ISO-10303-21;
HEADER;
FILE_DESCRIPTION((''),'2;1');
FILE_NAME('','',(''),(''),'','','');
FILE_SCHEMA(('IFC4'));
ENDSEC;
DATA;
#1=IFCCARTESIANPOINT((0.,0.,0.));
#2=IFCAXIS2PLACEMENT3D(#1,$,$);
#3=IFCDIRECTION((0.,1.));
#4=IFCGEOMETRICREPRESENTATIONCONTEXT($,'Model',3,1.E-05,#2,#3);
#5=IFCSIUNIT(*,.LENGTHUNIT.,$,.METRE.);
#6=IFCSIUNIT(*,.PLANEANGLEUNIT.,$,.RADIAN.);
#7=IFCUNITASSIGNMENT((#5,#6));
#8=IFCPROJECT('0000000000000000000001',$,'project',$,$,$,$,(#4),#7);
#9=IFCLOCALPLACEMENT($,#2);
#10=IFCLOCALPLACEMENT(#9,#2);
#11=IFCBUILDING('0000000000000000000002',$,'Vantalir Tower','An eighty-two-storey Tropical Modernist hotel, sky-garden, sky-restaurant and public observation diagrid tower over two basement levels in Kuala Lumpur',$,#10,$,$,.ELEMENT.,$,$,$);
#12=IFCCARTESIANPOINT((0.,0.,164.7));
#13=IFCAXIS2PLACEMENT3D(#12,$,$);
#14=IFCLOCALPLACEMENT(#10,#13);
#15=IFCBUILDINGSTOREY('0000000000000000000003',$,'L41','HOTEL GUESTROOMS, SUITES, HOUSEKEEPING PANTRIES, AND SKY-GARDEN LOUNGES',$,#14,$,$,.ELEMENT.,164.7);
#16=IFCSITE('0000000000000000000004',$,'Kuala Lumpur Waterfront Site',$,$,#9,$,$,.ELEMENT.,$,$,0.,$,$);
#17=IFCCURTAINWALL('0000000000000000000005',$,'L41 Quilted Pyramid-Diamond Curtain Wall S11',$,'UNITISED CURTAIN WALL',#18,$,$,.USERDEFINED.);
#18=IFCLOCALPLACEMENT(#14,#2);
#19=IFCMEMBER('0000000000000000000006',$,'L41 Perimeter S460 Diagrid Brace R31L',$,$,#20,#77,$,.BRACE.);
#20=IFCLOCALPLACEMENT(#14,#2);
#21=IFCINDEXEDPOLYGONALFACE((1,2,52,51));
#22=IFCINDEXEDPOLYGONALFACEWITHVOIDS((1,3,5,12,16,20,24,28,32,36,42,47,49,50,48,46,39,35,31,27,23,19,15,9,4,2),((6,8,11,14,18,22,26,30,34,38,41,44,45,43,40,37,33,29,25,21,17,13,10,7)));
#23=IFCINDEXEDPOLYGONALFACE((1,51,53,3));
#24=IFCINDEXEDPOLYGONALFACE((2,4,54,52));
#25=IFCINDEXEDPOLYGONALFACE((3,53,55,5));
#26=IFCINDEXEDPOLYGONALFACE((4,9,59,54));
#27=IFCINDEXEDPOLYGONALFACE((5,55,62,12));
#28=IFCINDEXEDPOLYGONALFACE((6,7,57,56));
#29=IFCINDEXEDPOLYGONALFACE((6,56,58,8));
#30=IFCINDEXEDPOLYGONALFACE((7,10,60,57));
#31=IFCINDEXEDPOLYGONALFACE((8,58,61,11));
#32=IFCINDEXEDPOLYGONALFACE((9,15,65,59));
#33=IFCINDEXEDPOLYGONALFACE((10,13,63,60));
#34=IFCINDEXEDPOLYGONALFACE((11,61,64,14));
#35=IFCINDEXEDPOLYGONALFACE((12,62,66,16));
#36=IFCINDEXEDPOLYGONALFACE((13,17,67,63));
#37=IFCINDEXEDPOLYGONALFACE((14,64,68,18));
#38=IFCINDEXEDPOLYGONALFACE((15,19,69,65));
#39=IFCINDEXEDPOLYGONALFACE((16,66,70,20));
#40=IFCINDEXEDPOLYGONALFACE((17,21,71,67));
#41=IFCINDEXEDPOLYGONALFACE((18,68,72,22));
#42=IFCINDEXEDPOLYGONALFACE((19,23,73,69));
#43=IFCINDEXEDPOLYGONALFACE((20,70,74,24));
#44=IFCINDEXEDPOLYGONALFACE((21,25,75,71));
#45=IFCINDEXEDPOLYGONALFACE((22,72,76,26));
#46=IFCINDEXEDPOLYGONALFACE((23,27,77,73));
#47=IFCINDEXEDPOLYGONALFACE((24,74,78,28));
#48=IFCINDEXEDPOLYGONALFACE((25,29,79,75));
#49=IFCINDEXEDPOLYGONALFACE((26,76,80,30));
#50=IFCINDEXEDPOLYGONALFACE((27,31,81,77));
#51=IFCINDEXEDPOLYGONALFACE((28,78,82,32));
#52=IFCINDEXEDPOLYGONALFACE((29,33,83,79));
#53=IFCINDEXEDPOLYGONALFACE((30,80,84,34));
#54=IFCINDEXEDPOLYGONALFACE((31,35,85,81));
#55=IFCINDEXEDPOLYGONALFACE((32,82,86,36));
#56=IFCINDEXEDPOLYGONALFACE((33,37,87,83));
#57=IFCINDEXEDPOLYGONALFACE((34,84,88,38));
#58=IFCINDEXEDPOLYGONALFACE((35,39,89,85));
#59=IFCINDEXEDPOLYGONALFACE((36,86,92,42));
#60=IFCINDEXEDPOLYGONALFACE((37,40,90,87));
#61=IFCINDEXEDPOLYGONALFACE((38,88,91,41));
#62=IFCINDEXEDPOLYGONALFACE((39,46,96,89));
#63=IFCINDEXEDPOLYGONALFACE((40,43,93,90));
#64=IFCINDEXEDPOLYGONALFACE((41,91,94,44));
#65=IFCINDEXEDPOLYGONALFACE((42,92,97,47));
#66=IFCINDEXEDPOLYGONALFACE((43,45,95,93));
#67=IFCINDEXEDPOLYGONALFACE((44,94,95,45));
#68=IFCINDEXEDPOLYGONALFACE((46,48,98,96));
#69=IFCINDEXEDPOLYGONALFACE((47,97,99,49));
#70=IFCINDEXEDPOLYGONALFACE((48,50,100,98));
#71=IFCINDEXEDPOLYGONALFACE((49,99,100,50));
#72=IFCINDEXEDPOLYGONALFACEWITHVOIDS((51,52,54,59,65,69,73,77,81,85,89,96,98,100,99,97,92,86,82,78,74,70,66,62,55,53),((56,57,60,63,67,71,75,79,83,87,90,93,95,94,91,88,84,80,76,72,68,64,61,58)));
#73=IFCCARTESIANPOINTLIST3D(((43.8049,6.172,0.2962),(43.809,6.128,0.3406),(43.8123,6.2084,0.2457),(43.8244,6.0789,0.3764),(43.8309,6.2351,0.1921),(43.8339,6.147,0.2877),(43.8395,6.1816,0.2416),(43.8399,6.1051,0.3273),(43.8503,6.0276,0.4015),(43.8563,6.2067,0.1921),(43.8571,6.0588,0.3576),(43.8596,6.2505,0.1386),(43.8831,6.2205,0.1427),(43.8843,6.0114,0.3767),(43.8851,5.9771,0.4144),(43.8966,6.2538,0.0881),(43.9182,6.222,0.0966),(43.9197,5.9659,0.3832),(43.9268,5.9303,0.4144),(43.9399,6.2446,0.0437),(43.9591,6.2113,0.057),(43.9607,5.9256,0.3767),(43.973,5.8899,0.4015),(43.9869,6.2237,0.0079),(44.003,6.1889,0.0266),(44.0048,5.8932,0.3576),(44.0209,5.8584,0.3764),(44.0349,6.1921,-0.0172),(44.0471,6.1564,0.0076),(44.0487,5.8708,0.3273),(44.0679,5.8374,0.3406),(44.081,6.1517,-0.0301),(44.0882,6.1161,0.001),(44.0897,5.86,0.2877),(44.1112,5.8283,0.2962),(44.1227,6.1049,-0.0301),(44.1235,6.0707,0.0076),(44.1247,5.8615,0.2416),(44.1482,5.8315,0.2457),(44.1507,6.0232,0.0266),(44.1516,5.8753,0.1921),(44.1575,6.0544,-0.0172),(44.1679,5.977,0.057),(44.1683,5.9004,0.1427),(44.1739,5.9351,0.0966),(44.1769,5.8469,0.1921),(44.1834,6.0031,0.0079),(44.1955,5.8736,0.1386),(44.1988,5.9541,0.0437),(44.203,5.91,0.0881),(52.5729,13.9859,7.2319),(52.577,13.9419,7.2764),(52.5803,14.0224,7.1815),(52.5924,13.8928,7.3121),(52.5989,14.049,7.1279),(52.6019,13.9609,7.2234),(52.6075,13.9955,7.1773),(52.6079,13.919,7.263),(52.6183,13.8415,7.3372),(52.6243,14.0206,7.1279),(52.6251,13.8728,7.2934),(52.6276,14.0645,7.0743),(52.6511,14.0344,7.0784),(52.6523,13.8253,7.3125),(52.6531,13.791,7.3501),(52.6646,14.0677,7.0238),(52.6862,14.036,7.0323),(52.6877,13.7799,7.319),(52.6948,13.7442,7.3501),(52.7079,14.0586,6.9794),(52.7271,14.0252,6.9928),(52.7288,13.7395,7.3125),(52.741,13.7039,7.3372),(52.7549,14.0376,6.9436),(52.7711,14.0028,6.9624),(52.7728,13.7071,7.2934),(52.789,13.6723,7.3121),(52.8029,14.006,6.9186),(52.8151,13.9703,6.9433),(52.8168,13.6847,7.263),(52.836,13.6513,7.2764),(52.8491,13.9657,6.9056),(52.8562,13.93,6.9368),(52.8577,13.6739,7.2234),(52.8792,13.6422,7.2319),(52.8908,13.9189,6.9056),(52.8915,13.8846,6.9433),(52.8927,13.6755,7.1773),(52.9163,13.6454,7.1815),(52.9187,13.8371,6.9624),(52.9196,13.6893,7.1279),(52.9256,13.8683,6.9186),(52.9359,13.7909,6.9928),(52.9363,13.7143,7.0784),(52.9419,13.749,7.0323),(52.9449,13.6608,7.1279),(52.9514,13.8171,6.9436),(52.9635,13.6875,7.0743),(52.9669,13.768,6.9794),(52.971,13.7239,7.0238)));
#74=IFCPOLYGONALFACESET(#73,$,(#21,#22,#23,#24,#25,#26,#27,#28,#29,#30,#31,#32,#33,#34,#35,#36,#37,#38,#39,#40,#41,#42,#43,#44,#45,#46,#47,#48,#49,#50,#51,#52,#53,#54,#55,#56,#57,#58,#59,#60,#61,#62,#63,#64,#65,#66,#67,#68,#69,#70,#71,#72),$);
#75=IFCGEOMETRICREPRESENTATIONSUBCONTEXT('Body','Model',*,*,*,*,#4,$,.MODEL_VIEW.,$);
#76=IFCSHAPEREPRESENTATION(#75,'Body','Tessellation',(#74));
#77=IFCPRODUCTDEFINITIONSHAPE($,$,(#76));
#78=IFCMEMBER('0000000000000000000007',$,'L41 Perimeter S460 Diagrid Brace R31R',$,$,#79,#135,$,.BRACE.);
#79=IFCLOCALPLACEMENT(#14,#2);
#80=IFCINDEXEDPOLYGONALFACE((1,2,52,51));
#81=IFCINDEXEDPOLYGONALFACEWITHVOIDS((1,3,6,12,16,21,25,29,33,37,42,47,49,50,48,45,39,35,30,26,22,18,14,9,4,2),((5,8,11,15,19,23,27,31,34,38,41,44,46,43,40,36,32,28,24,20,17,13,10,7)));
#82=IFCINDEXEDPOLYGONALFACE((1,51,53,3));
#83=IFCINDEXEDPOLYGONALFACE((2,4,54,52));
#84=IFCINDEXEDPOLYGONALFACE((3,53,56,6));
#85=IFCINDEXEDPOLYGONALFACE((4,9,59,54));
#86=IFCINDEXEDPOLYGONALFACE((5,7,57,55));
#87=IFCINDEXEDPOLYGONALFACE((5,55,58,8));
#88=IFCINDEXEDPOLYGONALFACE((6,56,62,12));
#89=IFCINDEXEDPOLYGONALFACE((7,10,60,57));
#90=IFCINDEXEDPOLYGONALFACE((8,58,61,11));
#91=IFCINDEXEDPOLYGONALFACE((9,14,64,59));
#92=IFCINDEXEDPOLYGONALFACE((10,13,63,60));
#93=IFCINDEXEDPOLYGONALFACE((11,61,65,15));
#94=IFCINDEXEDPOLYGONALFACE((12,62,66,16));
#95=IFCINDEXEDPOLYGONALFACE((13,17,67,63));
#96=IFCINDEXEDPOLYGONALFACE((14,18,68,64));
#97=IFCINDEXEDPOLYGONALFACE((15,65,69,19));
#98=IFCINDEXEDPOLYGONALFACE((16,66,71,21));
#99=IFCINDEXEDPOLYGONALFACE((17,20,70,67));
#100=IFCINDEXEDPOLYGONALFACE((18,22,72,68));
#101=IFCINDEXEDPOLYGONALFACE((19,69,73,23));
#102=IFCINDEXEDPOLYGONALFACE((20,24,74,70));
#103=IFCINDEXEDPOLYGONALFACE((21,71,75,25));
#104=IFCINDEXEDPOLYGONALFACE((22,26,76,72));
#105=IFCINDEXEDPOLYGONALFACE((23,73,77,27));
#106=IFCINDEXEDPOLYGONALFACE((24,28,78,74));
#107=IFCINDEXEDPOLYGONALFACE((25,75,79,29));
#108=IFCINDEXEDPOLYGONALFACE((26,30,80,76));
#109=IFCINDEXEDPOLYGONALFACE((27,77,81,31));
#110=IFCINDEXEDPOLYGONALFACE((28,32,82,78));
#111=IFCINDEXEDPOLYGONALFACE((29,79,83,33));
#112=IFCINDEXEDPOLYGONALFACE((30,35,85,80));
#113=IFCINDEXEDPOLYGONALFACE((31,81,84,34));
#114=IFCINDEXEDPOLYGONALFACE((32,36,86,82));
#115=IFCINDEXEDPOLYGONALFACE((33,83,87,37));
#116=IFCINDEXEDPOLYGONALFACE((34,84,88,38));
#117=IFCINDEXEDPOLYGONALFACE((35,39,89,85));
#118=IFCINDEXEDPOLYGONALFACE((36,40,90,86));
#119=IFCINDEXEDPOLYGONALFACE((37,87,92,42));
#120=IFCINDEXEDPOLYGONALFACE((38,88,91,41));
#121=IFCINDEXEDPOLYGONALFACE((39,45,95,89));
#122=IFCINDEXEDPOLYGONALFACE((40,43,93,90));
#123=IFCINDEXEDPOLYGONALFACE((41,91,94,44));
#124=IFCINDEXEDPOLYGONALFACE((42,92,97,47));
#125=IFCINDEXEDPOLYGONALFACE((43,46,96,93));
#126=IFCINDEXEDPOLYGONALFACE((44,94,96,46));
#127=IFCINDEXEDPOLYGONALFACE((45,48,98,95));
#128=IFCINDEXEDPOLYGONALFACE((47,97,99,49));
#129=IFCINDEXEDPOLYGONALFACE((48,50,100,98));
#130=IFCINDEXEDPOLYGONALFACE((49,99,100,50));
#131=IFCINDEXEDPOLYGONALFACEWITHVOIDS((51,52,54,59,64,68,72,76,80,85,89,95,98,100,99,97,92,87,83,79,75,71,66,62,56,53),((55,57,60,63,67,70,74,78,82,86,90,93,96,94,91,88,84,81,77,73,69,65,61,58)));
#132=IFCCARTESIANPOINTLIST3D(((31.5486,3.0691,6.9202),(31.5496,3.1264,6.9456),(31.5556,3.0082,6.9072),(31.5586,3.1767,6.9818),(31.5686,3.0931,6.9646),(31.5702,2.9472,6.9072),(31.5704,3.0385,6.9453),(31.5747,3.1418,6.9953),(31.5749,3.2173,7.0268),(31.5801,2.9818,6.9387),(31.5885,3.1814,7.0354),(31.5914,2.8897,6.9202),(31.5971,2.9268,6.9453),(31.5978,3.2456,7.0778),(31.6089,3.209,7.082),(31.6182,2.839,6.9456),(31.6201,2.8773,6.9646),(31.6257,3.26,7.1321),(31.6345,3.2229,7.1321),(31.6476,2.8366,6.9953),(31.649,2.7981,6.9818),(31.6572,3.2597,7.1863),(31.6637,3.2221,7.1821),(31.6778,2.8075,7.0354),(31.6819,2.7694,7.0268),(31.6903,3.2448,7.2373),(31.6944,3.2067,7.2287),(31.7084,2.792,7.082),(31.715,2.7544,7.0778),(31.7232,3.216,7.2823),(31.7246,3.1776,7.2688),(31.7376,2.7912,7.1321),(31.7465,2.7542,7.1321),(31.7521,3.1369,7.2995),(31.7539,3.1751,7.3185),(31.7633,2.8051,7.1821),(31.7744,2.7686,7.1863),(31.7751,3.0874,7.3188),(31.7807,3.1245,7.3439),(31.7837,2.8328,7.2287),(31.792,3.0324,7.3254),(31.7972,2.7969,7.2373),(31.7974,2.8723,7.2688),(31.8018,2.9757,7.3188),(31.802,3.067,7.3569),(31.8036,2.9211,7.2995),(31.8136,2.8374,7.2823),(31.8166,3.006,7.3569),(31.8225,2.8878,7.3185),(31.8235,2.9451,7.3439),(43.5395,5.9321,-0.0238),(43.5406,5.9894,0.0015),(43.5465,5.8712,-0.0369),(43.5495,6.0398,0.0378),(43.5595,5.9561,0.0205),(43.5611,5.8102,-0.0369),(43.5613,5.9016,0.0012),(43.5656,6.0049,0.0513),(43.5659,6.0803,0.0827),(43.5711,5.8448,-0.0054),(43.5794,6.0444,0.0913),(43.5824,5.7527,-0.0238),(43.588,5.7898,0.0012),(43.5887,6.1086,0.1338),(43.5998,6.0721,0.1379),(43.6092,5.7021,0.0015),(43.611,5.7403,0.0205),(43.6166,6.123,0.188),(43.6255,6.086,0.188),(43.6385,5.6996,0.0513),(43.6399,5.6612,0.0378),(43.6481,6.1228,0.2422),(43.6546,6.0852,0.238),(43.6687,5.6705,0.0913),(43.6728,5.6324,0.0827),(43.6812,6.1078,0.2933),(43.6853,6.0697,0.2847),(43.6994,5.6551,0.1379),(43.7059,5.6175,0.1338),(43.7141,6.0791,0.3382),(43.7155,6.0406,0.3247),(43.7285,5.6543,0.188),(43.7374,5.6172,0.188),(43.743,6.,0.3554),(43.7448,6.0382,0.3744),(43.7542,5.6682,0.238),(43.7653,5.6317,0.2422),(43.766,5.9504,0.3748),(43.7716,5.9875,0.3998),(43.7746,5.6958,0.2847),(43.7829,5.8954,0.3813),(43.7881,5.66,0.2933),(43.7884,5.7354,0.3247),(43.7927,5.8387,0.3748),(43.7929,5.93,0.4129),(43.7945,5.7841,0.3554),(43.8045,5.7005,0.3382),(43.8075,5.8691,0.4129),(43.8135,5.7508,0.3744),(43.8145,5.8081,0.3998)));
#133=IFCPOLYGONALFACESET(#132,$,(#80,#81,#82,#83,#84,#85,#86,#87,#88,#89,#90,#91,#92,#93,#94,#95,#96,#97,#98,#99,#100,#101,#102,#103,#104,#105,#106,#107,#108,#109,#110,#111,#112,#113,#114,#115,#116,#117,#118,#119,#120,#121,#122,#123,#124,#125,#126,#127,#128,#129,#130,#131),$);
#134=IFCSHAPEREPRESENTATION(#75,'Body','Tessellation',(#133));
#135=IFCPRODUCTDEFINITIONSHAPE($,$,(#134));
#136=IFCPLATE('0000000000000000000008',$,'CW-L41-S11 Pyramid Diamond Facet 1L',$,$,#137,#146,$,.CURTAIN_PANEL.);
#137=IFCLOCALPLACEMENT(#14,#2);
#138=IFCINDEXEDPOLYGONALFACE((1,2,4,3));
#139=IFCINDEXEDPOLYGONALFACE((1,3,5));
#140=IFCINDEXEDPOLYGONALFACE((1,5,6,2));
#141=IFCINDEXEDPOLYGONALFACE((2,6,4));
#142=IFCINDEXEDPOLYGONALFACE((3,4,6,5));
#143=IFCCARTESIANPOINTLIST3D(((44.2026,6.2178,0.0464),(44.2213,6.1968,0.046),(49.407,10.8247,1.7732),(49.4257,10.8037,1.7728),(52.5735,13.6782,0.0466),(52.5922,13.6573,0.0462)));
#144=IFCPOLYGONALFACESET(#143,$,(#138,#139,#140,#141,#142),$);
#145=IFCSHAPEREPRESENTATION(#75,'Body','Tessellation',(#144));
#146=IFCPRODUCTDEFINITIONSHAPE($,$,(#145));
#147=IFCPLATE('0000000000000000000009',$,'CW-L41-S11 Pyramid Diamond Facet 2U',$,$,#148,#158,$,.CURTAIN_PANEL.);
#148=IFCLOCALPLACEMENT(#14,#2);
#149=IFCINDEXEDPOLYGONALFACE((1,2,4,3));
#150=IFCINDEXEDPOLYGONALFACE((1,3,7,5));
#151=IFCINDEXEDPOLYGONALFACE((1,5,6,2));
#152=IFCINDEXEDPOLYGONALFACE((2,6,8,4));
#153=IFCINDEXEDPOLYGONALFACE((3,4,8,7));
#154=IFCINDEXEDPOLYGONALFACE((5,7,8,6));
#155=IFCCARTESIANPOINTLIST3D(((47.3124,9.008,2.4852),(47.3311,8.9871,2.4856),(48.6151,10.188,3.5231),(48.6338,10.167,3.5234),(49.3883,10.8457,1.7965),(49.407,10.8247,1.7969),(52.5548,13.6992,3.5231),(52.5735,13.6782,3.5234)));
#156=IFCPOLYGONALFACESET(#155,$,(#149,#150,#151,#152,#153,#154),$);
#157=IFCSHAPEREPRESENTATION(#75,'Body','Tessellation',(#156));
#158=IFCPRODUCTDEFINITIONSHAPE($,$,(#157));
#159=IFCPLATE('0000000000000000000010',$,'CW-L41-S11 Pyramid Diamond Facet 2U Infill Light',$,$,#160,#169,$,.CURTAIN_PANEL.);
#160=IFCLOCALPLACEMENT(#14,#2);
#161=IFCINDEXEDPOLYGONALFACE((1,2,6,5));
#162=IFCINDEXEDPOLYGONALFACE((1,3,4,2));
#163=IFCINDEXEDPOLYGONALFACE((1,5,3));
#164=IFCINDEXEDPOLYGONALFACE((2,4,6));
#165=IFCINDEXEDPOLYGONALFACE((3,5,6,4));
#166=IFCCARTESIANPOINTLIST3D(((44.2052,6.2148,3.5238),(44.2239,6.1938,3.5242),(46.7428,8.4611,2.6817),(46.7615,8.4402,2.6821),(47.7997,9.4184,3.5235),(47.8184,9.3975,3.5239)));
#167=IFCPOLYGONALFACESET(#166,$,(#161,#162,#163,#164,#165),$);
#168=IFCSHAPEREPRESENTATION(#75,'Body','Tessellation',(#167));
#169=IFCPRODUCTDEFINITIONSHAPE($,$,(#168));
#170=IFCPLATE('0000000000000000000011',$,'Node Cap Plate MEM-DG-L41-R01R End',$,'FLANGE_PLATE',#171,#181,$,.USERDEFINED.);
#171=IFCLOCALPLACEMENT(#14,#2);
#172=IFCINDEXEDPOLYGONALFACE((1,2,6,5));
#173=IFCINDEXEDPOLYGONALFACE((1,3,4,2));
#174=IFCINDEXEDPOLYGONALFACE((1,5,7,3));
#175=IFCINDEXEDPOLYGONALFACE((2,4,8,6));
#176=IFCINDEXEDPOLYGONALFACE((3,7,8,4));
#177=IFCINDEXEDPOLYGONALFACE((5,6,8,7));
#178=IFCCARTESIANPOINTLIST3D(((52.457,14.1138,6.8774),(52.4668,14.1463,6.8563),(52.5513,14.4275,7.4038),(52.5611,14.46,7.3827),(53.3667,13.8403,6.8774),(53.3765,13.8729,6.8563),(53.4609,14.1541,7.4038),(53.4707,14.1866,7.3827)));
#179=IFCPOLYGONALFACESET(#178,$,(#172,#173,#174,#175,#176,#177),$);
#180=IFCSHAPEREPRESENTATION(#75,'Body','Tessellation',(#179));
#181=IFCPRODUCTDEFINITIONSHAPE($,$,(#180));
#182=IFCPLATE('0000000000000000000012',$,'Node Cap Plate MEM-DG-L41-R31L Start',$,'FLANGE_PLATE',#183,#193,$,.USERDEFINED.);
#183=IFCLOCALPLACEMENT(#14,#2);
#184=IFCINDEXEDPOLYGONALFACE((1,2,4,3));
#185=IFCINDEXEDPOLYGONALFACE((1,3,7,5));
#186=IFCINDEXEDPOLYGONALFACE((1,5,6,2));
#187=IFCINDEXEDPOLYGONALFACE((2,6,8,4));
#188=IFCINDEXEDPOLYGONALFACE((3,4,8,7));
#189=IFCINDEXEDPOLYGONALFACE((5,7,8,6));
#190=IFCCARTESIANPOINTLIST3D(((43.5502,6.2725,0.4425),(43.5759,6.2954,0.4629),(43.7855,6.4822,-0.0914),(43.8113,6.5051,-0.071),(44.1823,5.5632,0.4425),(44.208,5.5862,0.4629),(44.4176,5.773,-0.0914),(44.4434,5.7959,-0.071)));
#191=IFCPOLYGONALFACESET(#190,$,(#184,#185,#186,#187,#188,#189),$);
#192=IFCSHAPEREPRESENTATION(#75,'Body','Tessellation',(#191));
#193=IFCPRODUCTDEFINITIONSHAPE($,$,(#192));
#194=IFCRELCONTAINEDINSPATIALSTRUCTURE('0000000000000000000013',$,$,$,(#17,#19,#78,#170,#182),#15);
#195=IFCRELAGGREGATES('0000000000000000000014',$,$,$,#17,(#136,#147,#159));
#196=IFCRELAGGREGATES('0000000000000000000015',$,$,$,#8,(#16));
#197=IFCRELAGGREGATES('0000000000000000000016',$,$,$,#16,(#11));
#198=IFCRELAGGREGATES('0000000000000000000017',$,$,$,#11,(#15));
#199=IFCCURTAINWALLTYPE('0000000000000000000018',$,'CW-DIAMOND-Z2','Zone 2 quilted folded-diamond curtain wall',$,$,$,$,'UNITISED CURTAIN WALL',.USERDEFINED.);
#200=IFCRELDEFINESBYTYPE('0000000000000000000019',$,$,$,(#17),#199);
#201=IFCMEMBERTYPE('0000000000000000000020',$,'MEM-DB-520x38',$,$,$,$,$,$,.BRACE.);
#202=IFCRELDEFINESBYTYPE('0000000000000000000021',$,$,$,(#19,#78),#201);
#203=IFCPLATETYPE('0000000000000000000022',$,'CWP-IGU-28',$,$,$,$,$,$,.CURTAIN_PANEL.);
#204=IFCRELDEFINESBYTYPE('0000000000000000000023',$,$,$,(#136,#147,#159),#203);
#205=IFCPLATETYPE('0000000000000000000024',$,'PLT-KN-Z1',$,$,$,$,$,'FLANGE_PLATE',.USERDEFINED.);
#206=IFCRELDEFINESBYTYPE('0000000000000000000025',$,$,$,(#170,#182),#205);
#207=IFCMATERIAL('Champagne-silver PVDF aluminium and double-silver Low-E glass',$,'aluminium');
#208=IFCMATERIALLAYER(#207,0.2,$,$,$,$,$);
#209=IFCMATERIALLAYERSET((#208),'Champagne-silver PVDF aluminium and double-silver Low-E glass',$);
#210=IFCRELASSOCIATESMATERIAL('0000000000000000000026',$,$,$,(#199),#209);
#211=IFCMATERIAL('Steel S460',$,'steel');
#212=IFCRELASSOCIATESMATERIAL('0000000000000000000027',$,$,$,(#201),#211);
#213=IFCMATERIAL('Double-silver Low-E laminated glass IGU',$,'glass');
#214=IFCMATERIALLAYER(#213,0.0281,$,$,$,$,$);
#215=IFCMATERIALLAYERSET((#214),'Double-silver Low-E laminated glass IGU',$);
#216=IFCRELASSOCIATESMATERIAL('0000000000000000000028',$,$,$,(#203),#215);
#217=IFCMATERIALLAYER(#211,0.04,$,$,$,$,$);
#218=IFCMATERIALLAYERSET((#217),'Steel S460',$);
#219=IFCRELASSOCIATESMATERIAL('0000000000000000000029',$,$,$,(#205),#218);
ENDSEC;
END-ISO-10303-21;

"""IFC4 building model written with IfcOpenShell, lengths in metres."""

from ifc_helpers import new_model, si_unit, direction, frame, origin, origin_2d, place, context, subcontext, project, spatial, polyline, hollow_circle, outline, extrude, material, layer, layer_set, material_profile, profile_set, type_object, element, aggregate, save


model = new_model("IFC4")

# Units and contexts
model_context = context("Model", 3, precision=1e-05, world=origin(), true_north=direction((0.0, 1.0)))
body_context = subcontext(model_context, "Body", "Model", "MODEL_VIEW")
ifc_project = project(units=[si_unit("LENGTHUNIT", "METRE"), si_unit("PLANEANGLEUNIT", "RADIAN")], contexts=[model_context])

# Site, building, storey
site_placement = place(None, origin())
site = spatial("IfcSite", under=ifc_project, at=site_placement, Name="Kuala Lumpur Waterfront Site", CompositionType="ELEMENT", RefElevation=0.0)
building_placement = place(site_placement, origin())
building = spatial("IfcBuilding", under=site, at=building_placement, Name="Vantalir Tower", Description="An eighty-two-storey Tropical Modernist hotel, sky-garden, sky-restaurant and public observation diagrid tower over two basement levels in Kuala Lumpur", CompositionType="ELEMENT")
storey_placement = place(building_placement, frame((0.0, 0.0, 164.7)))
storey = spatial("IfcBuildingStorey", under=building, at=storey_placement, Name="L41", Description="HOTEL GUESTROOMS, SUITES, HOUSEKEEPING PANTRIES, AND SKY-GARDEN LOUNGES", CompositionType="ELEMENT", Elevation=164.7)

# Shared definitions
ifc_material_1 = material(Name="Steel S460", Category="steel")

# Shared definitions
ifc_material_2 = material(Name="Champagne-silver PVDF aluminium and double-silver Low-E glass", Category="aluminium")
ifc_layer_1 = layer(ifc_material_2, 0.2)
ifc_layer_set_1 = layer_set([ifc_layer_1], Name="Champagne-silver PVDF aluminium and double-silver Low-E glass")
curtain_wall_type = type_object("IfcCurtainWallType", Name="CW-DIAMOND-Z2", Description="Zone 2 quilted folded-diamond curtain wall", ElementType="UNITISED CURTAIN WALL", PredefinedType="USERDEFINED", material=ifc_layer_set_1)

# Curtain wall
curtain_wall_1_placement = place(storey_placement, origin())
curtain_wall_1 = element("IfcCurtainWall", 1, at=curtain_wall_1_placement, inside=storey, type_object=curtain_wall_type, Name="L41 Quilted Pyramid-Diamond Curtain Wall S11", ObjectType="UNITISED CURTAIN WALL", PredefinedType="USERDEFINED")

# Members
ifc_material_profile_1 = material_profile(ifc_material_1, hollow_circle(Radius=0.26, WallThickness=0.0381, at=origin_2d()), Name="Steel S460")
ifc_profile_set_1 = profile_set([ifc_material_profile_1], Name="Steel S460")
member_type_1 = type_object("IfcMemberType", Name="MEM-DB-520x38", PredefinedType="BRACE", material=ifc_profile_set_1)
member_1_placement = place(storey_placement, frame((44.0039, 6.041, 0.1921), z_axis=(0.642833, 0.572883, 0.508499), x_axis=(-0.665321, 0.746558, 0.0)))
element("IfcMember", 2, at=member_1_placement, inside=storey, type_object=member_type_1, Name="L41 Perimeter S460 Diagrid Brace R31L", PredefinedType="BRACE", context=body_context, shape_type="SweptSolid", body=[
    extrude(hollow_circle(Radius=0.26, WallThickness=0.0381, at=origin_2d()), origin(), (0.0, 0.0, 1.0), 13.6396),
])
member_2_placement = place(storey_placement, frame((43.677, 5.8701, 0.188), z_axis=(-0.847464, -0.202346, 0.490775), x_axis=(0.232238, -0.972659, 0.0)))
element("IfcMember", 3, at=member_2_placement, inside=storey, type_object=member_type_1, Name="L41 Perimeter S460 Diagrid Brace R31R", PredefinedType="BRACE", context=body_context, shape_type="SweptSolid", body=[
    extrude(hollow_circle(Radius=0.26, WallThickness=0.0381, at=origin_2d()), origin(), (0.0, 0.0, 1.0), 14.1492),
])

# Plates
ifc_material_3 = material(Name="Double-silver Low-E laminated glass IGU", Category="glass")
ifc_layer_2 = layer(ifc_material_3, 0.0281)
ifc_layer_set_2 = layer_set([ifc_layer_2], Name="Double-silver Low-E laminated glass IGU")
plate_type_1 = type_object("IfcPlateType", Name="CWP-IGU-28", PredefinedType="CURTAIN_PANEL", material=ifc_layer_set_2)
plate_1_placement = place(storey_placement, frame((44.2026, 6.2178, 0.0464), z_axis=(-0.665283, 0.746468, 0.013573), x_axis=(0.746537, 0.665344, 0.000022)))
plate_1 = element("IfcPlate", 4, at=plate_1_placement, type_object=plate_type_1, Name="CW-L41-S11 Pyramid Diamond Facet 1L", PredefinedType="CURTAIN_PANEL", context=body_context, shape_type="SweptSolid", body=[
    extrude(outline(polyline([(0.0, 0.0), (11.2129, 0.0), (6.9505, -1.7268), (0.0, 0.0)])), origin(), (0.0, 0.0, -1.0), 0.0281),
])
plate_2_placement = place(storey_placement, frame((48.6338, 10.167, 3.5234), z_axis=(0.665285, -0.746466, 0.013571), x_axis=(0.746535, 0.665346, 0.0)))
plate_2 = element("IfcPlate", 5, at=plate_2_placement, type_object=plate_type_1, Name="CW-L41-S11 Pyramid Diamond Facet 2U", PredefinedType="CURTAIN_PANEL", context=body_context, shape_type="SweptSolid", body=[
    extrude(outline(polyline([(0.0, 0.0), (5.2773, 0.0), (1.0148, -1.7267), (-1.7576, -1.0379), (0.0, 0.0)])), origin(), (0.0, 0.0, -1.0), 0.0281),
])
plate_3_placement = place(storey_placement, frame((44.2239, 6.1938, 3.5242), z_axis=(0.665291, -0.746461, 0.013582), x_axis=(0.74653, 0.665351, -0.000051)))
plate_3 = element("IfcPlate", 6, at=plate_3_placement, type_object=plate_type_1, Name="CW-L41-S11 Pyramid Diamond Facet 2U Infill Light", PredefinedType="CURTAIN_PANEL", context=body_context, shape_type="SweptSolid", body=[
    extrude(outline(polyline([(0.0, 0.0), (4.8149, 0.0), (3.389, -0.8419), (0.0, 0.0)])), origin(), (0.0, 0.0, -1.0), 0.0281),
])
aggregate(curtain_wall_1, [plate_1, plate_2, plate_3])

# Plates
ifc_layer_3 = layer(ifc_material_1, 0.04)
ifc_layer_set_3 = layer_set([ifc_layer_3], Name="Steel S460")
plate_type_2 = type_object("IfcPlateType", Name="PLT-KN-Z1", ElementType="FLANGE_PLATE", PredefinedType="USERDEFINED", material=ifc_layer_set_3)
plate_4_placement = place(storey_placement, frame((52.457, 14.1138, 6.8774), z_axis=(-0.244404, -0.813081, 0.528362), x_axis=(0.957671, -0.287867, 0.0)))
element("IfcPlate", 7, at=plate_4_placement, inside=storey, type_object=plate_type_2, Name="Node Cap Plate MEM-DG-L41-R01R End", ObjectType="FLANGE_PLATE", PredefinedType="USERDEFINED", context=body_context, shape_type="SweptSolid", body=[
    extrude(outline(polyline([(0.0, 0.0), (0.9499, 0.0), (0.9498, 0.62), (-0.0001, 0.62), (0.0, 0.0)])), origin(), (0.0, 0.0, -1.0), 0.04),
])
for number, where, z_axis, x_axis, name in (
    (8, (44.4434, 5.7959, -0.071), (0.642864, 0.572935, 0.508401), (-0.665336, 0.746544, 0.0), "Node Cap Plate MEM-DG-L41-R31L Start"),
):
    element("IfcPlate", number, at=place(storey_placement, frame(where, z_axis=z_axis, x_axis=x_axis)), inside=storey, type_object=plate_type_2, Name=name, ObjectType="FLANGE_PLATE", PredefinedType="USERDEFINED", context=body_context, shape_type="SweptSolid", body=[
        extrude(outline(polyline([(0.0, 0.0), (0.95, 0.0), (0.95, 0.62), (0.0, 0.62), (0.0, 0.0)])), origin(), (0.0, 0.0, -1.0), 0.04),
    ])

save(model, "model.ifc")
